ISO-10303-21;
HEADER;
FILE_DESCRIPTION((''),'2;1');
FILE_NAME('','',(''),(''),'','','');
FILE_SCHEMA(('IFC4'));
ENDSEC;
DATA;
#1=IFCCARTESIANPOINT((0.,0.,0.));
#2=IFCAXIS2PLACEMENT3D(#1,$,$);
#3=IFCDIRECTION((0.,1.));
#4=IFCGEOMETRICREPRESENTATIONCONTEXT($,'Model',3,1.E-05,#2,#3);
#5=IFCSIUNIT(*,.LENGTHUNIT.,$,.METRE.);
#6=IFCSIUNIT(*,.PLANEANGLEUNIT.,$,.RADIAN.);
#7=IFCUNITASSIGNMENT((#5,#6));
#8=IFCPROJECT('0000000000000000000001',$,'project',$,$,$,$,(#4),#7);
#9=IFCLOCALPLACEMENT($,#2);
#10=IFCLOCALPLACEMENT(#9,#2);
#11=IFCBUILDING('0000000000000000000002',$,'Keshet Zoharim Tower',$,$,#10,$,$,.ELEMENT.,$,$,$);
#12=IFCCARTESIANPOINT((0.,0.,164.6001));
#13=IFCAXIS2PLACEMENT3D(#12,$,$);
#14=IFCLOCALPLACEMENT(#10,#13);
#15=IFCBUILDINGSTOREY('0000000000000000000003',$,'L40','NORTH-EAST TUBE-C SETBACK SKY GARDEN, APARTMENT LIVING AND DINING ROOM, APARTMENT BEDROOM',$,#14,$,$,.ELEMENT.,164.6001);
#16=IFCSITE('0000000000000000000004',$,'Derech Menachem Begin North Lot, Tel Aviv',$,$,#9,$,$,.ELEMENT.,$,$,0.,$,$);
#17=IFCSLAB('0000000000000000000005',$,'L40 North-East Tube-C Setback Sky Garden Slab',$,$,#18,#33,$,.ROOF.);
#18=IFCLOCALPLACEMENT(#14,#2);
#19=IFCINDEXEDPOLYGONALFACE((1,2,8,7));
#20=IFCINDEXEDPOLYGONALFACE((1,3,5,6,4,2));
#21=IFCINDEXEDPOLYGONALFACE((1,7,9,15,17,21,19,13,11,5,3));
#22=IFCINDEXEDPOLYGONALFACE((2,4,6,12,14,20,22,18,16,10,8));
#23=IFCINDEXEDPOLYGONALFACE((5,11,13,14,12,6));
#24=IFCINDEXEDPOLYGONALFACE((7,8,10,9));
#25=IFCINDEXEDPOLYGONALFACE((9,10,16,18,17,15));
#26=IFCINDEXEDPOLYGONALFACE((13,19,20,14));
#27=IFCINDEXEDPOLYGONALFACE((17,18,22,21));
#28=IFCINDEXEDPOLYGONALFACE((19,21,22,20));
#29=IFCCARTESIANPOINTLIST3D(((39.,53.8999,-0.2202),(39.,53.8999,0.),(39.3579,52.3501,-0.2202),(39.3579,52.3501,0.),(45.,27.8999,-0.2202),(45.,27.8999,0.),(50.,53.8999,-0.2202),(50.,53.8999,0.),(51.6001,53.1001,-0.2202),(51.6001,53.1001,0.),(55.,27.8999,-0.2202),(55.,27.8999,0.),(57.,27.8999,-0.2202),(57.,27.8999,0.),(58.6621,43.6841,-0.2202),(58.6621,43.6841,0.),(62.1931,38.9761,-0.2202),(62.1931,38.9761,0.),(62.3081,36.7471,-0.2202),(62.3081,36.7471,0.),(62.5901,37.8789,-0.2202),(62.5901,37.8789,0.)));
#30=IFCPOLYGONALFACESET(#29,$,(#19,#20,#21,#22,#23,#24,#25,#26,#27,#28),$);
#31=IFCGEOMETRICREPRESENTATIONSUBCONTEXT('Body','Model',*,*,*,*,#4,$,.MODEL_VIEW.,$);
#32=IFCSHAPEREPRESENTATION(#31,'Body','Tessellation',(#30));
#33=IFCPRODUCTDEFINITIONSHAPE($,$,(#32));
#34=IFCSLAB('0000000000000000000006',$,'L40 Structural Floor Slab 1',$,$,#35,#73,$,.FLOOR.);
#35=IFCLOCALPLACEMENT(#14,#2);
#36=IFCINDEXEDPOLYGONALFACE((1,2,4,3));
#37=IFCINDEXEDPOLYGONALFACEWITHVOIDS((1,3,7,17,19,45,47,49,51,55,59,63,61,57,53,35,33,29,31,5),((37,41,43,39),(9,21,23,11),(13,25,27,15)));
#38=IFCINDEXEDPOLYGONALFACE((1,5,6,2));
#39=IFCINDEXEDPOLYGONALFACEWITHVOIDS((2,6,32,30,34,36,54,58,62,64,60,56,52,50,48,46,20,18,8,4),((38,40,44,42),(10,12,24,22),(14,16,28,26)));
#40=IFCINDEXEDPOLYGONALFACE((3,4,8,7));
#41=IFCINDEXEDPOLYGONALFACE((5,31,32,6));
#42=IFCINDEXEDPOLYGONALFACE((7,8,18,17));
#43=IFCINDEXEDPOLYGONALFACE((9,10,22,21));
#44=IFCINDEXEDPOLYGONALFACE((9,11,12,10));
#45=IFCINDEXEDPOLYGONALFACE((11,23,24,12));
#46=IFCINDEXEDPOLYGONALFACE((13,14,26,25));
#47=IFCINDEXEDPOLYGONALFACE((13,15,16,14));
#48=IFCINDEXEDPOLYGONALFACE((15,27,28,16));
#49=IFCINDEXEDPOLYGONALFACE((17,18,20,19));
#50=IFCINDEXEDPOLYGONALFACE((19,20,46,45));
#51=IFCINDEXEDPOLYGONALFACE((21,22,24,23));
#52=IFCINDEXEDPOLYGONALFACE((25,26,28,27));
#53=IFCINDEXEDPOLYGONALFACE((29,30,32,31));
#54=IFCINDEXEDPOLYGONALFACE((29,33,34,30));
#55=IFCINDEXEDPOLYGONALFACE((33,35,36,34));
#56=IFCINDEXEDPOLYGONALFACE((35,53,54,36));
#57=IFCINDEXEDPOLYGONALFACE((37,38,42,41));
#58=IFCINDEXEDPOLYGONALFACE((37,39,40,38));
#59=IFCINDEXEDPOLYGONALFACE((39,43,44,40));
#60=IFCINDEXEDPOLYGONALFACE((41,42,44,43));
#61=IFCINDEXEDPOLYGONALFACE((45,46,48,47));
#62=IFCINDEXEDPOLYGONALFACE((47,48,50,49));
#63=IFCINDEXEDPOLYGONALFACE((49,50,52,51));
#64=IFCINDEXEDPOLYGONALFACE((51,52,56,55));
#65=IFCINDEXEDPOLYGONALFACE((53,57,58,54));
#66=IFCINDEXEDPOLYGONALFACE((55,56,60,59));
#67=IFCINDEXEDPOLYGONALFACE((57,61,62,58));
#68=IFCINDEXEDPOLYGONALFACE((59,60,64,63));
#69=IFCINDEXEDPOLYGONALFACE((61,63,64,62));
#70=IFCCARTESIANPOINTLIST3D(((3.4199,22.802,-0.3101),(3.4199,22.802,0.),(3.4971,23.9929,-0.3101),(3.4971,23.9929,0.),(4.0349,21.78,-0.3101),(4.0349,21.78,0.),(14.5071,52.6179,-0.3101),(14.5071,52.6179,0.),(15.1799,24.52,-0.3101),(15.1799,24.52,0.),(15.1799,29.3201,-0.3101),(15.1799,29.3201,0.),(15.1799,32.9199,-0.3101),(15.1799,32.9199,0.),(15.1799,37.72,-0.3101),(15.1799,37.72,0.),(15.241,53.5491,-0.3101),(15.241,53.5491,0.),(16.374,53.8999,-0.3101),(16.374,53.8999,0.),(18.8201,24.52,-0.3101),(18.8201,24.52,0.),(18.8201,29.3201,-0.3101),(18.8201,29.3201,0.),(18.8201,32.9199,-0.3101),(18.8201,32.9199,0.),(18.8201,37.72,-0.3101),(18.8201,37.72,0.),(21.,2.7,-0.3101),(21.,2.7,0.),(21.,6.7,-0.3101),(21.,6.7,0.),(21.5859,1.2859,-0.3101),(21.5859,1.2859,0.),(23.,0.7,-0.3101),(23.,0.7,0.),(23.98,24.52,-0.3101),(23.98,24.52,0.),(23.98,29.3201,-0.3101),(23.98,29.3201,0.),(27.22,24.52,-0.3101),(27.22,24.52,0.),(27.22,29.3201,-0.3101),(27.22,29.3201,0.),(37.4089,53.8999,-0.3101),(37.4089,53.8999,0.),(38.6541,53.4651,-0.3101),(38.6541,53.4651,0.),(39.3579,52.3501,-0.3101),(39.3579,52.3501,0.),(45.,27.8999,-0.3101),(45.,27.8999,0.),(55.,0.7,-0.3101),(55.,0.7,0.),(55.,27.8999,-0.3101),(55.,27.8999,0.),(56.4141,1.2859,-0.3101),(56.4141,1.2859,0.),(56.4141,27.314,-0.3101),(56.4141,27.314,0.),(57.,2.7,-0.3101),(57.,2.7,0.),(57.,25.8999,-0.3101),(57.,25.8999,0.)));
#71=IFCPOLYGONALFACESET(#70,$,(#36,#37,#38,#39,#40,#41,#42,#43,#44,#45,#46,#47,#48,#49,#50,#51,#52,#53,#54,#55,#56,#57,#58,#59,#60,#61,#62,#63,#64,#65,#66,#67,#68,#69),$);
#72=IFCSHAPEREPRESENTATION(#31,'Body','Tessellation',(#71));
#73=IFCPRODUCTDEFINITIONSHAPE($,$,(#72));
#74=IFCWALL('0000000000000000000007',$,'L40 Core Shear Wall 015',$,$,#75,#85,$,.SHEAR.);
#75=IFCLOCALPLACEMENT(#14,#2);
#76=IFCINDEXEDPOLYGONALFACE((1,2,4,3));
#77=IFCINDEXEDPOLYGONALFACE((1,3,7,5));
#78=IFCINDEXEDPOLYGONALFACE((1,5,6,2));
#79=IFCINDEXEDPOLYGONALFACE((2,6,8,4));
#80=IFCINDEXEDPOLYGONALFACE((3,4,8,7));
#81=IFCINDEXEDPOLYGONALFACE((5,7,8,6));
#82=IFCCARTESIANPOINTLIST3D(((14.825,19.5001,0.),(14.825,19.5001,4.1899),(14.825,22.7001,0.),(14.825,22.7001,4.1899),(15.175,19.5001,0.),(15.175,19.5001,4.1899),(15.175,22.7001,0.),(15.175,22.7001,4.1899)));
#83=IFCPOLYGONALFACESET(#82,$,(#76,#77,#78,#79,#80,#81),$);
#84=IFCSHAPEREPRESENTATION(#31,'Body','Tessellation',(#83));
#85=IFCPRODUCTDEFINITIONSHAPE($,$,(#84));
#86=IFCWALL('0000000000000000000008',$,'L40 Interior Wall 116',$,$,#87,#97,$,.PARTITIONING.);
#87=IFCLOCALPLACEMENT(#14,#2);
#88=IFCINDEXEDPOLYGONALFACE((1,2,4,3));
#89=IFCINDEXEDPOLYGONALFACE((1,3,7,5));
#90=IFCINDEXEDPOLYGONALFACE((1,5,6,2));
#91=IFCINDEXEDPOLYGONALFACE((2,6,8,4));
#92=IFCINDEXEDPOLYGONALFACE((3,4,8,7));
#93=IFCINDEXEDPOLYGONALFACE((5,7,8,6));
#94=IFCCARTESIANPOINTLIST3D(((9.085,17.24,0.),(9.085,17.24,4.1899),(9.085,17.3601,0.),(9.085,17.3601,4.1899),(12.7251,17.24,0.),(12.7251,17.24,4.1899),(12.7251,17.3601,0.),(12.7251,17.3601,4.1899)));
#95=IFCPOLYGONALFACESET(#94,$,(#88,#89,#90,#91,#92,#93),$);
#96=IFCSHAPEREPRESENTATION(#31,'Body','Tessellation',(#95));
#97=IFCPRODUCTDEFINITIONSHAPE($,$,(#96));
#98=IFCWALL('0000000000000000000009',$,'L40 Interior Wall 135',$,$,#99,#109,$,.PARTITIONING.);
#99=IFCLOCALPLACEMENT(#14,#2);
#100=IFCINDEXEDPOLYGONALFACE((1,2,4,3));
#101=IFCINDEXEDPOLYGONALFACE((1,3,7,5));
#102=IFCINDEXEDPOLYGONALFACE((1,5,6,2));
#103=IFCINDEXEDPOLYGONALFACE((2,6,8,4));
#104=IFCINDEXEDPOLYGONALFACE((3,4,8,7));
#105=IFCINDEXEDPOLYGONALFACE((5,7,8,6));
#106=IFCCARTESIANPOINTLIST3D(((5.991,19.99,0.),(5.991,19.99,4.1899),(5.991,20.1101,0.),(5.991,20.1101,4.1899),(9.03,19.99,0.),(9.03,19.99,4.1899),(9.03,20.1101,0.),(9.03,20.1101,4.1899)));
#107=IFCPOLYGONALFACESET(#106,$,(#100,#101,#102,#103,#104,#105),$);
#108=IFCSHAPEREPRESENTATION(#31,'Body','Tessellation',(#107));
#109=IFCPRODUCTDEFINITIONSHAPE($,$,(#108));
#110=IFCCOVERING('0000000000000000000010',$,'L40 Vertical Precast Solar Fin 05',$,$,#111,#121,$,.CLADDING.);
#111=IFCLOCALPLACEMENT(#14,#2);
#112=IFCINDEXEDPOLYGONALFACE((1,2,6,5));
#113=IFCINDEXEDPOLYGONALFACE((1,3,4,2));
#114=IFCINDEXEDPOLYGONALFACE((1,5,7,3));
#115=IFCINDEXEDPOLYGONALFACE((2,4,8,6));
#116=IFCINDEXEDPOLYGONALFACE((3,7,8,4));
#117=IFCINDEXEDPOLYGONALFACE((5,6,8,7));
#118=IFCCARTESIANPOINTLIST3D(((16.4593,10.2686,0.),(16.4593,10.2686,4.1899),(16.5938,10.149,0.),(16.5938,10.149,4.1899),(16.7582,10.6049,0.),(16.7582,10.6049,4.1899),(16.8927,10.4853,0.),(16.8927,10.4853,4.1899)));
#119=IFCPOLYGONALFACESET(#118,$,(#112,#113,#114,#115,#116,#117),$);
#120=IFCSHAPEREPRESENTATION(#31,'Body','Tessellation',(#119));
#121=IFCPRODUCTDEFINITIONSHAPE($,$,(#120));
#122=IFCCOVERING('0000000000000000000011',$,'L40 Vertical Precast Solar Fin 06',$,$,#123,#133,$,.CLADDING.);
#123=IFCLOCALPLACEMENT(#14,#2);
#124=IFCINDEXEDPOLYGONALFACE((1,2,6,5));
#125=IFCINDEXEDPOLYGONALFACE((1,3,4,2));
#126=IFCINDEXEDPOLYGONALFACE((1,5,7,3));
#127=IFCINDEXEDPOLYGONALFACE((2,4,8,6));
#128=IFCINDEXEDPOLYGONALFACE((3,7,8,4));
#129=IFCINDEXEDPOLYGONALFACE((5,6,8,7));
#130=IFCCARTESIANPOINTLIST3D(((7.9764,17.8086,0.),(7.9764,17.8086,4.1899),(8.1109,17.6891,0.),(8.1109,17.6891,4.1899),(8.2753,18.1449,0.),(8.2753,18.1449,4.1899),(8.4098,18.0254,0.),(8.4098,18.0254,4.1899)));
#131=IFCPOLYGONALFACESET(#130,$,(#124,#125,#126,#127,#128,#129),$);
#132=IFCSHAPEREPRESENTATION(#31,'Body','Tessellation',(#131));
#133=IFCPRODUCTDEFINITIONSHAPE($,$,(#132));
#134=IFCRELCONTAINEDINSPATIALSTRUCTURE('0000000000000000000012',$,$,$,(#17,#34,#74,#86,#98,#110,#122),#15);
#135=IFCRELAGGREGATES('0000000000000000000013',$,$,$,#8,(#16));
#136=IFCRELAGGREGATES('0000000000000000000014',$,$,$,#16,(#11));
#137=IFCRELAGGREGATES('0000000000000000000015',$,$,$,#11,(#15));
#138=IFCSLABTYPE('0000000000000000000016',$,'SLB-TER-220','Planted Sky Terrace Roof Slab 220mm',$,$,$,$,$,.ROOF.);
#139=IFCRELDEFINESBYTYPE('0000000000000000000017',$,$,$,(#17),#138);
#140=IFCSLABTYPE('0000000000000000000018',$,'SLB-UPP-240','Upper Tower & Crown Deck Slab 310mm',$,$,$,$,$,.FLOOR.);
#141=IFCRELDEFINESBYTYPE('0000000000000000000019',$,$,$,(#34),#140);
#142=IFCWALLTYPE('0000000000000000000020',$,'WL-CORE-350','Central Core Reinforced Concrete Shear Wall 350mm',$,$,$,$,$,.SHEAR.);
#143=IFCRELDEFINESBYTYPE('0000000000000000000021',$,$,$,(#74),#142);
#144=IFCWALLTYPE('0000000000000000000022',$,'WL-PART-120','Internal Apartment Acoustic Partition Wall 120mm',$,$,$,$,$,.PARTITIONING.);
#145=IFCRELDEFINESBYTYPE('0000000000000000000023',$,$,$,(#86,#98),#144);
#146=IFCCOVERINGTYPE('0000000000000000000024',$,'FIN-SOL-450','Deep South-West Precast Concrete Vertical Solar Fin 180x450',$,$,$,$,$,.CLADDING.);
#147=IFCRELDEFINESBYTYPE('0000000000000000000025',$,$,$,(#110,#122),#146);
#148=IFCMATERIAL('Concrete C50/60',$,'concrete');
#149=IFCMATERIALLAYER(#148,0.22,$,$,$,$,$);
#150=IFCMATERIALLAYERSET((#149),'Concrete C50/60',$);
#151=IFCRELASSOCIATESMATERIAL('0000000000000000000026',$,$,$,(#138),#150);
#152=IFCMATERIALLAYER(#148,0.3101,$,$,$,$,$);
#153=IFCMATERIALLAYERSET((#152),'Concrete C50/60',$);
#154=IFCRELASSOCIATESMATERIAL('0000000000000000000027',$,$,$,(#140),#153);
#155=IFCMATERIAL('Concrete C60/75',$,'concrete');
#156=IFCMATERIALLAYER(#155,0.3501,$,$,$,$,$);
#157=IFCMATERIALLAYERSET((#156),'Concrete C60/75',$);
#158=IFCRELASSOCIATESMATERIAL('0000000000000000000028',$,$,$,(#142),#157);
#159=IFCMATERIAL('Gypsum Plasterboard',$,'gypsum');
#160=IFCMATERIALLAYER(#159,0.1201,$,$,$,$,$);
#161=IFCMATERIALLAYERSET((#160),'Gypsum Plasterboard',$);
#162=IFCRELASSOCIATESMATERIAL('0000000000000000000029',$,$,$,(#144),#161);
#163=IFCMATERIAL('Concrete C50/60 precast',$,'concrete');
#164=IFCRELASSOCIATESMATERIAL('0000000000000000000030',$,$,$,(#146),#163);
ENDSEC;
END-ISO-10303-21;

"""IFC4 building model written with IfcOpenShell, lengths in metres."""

from ifc_helpers import new_model, si_unit, direction, frame, frame_2d, origin, origin_2d, place, context, subcontext, project, spatial, polyline, rectangle, outline, extrude, material, layer, layer_set, type_object, element, save


model = new_model("IFC4")

# Units and contexts
model_context = context("Model", 3, precision=1e-05, world=origin(), true_north=direction((0.0, 1.0)))
body_context = subcontext(model_context, "Body", "Model", "MODEL_VIEW")
ifc_project = project(units=[si_unit("LENGTHUNIT", "METRE"), si_unit("PLANEANGLEUNIT", "RADIAN")], contexts=[model_context])

# Site, building, storey
site_placement = place(None, origin())
site = spatial("IfcSite", under=ifc_project, at=site_placement, Name="Derech Menachem Begin North Lot, Tel Aviv", CompositionType="ELEMENT", RefElevation=0.0)
building_placement = place(site_placement, origin())
building = spatial("IfcBuilding", under=site, at=building_placement, Name="Keshet Zoharim Tower", CompositionType="ELEMENT")
storey_placement = place(building_placement, frame((0.0, 0.0, 164.6001)))
storey = spatial("IfcBuildingStorey", under=building, at=storey_placement, Name="L40", Description="NORTH-EAST TUBE-C SETBACK SKY GARDEN, APARTMENT LIVING AND DINING ROOM, APARTMENT BEDROOM", CompositionType="ELEMENT", Elevation=164.6001)

# Shared definitions
ifc_material_1 = material(Name="Concrete C60/75", Category="concrete")

# Shared definitions
ifc_material_2 = material(Name="Concrete C50/60", Category="concrete")

# Slabs
ifc_layer_1 = layer(ifc_material_2, 0.22)
ifc_layer_set_1 = layer_set([ifc_layer_1], Name="Concrete C50/60")
slab_type_1 = type_object("IfcSlabType", Name="SLB-TER-220", Description="Planted Sky Terrace Roof Slab 220mm", PredefinedType="ROOF", material=ifc_layer_set_1)
slab_1_placement = place(storey_placement, frame((0.0, 0.0, -0.2202)))
element("IfcSlab", 1, at=slab_1_placement, inside=storey, type_object=slab_type_1, Name="L40 North-East Tube-C Setback Sky Garden Slab", PredefinedType="ROOF", context=body_context, shape_type="SweptSolid", body=[
    extrude(outline(polyline([(50.0, 53.8999), (51.6001, 53.1001), (58.6621, 43.6841), (62.1931, 38.9761), (62.5901, 37.8789), (62.3081, 36.7471), (57.0, 27.8999), (55.0, 27.8999), (45.0, 27.8999), (39.3579, 52.3501), (39.0, 53.8999), (50.0, 53.8999)])), origin(), (0.0, 0.0, 1.0), 0.2202),
])
ifc_layer_2 = layer(ifc_material_2, 0.3101)
ifc_layer_set_2 = layer_set([ifc_layer_2], Name="Concrete C50/60")
slab_type_2 = type_object("IfcSlabType", Name="SLB-UPP-240", Description="Upper Tower & Crown Deck Slab 310mm", PredefinedType="FLOOR", material=ifc_layer_set_2)
slab_2_placement = place(storey_placement, frame((0.0, 0.0, -0.3101)))
element("IfcSlab", 2, at=slab_2_placement, inside=storey, type_object=slab_type_2, Name="L40 Structural Floor Slab 1", PredefinedType="FLOOR", context=body_context, shape_type="SweptSolid", body=[
    extrude(outline(polyline([(55.0, 27.8999), (56.4141, 27.314), (57.0, 25.8999), (57.0, 2.7), (56.4141, 1.2859), (55.0, 0.7), (23.0, 0.7), (21.5859, 1.2859), (21.0, 2.7), (21.0, 6.7), (4.0349, 21.78), (3.4199, 22.802), (3.4971, 23.9929), (14.5071, 52.6179), (15.241, 53.5491), (16.374, 53.8999), (37.4089, 53.8999), (38.6541, 53.4651), (39.3579, 52.3501), (45.0, 27.8999), (55.0, 27.8999)]), holes=[polyline([(15.1799, 24.52), (18.8201, 24.52), (18.8201, 29.3201), (15.1799, 29.3201), (15.1799, 24.52)]), polyline([(15.1799, 32.9199), (18.8201, 32.9199), (18.8201, 37.72), (15.1799, 37.72), (15.1799, 32.9199)]), polyline([(23.98, 24.52), (27.22, 24.52), (27.22, 29.3201), (23.98, 29.3201), (23.98, 24.52)])]), origin(), (0.0, 0.0, 1.0), 0.3101),
])

# Wall
ifc_layer_3 = layer(ifc_material_1, 0.3501)
ifc_layer_set_3 = layer_set([ifc_layer_3], Name="Concrete C60/75")
wall_type_1 = type_object("IfcWallType", Name="WL-CORE-350", Description="Central Core Reinforced Concrete Shear Wall 350mm", PredefinedType="SHEAR", material=ifc_layer_set_3)
wall_1_placement = place(storey_placement, frame((15.0, 19.5, 0.0), z_axis=(0.0, 0.0, 1.0), x_axis=(0.0, 1.0, 0.0)))
element("IfcWall", 3, at=wall_1_placement, inside=storey, type_object=wall_type_1, Name="L40 Core Shear Wall 015", PredefinedType="SHEAR", context=body_context, shape_type="SweptSolid", body=[
    extrude(rectangle(XDim=3.2, YDim=0.3501, at=frame_2d((1.6001, 0.0))), origin(), (0.0, 0.0, 1.0), 4.1899),
])

# Shared definitions
ifc_material_3 = material(Name="Gypsum Plasterboard", Category="gypsum")

# Walls
ifc_layer_4 = layer(ifc_material_3, 0.1201)
ifc_layer_set_4 = layer_set([ifc_layer_4], Name="Gypsum Plasterboard")
wall_type_2 = type_object("IfcWallType", Name="WL-PART-120", Description="Internal Apartment Acoustic Partition Wall 120mm", PredefinedType="PARTITIONING", material=ifc_layer_set_4)
wall_2_placement = place(storey_placement, frame((9.085, 17.3, 0.0), z_axis=(0.0, 0.0, 1.0), x_axis=(1.0, 0.0, 0.0)))
element("IfcWall", 4, at=wall_2_placement, inside=storey, type_object=wall_type_2, Name="L40 Interior Wall 116", PredefinedType="PARTITIONING", context=body_context, shape_type="SweptSolid", body=[
    extrude(rectangle(XDim=3.6401, YDim=0.1201, at=frame_2d((1.8201, 0.0))), origin(), (0.0, 0.0, 1.0), 4.1899),
])
wall_3_placement = place(storey_placement, frame((5.991, 20.05, 0.0), z_axis=(0.0, 0.0, 1.0), x_axis=(1.0, 0.0, 0.0)))
element("IfcWall", 5, at=wall_3_placement, inside=storey, type_object=wall_type_2, Name="L40 Interior Wall 135", PredefinedType="PARTITIONING", context=body_context, shape_type="SweptSolid", body=[
    extrude(rectangle(XDim=3.0391, YDim=0.1201, at=frame_2d((1.5195, 0.0))), origin(), (0.0, 0.0, 1.0), 4.1899),
])

# Coverings
ifc_material_4 = material(Name="Concrete C50/60 precast", Category="concrete")
covering_type = type_object("IfcCoveringType", Name="FIN-SOL-450", Description="Deep South-West Precast Concrete Vertical Solar Fin 180x450", PredefinedType="CLADDING", material=ifc_material_4)
for number, where, z_axis, x_axis, name in (
    (6, (16.676, 10.377, 0.0), (0.0, 0.0, 1.0), (-0.747409, 0.664364, 0.0), "L40 Vertical Precast Solar Fin 05"),
    (7, (8.1931, 17.917, 0.0), (0.0, 0.0, 1.0), (-0.747409, 0.664364, 0.0), "L40 Vertical Precast Solar Fin 06"),
):
    element("IfcCovering", number, at=place(storey_placement, frame(where, z_axis=z_axis, x_axis=x_axis)), inside=storey, type_object=covering_type, Name=name, PredefinedType="CLADDING", context=body_context, shape_type="SweptSolid", body=[
        extrude(rectangle(XDim=0.1799, YDim=0.45, at=origin_2d()), origin(), (0.0, 0.0, 1.0), 4.1899),
    ])

save(model, "model.ifc")
